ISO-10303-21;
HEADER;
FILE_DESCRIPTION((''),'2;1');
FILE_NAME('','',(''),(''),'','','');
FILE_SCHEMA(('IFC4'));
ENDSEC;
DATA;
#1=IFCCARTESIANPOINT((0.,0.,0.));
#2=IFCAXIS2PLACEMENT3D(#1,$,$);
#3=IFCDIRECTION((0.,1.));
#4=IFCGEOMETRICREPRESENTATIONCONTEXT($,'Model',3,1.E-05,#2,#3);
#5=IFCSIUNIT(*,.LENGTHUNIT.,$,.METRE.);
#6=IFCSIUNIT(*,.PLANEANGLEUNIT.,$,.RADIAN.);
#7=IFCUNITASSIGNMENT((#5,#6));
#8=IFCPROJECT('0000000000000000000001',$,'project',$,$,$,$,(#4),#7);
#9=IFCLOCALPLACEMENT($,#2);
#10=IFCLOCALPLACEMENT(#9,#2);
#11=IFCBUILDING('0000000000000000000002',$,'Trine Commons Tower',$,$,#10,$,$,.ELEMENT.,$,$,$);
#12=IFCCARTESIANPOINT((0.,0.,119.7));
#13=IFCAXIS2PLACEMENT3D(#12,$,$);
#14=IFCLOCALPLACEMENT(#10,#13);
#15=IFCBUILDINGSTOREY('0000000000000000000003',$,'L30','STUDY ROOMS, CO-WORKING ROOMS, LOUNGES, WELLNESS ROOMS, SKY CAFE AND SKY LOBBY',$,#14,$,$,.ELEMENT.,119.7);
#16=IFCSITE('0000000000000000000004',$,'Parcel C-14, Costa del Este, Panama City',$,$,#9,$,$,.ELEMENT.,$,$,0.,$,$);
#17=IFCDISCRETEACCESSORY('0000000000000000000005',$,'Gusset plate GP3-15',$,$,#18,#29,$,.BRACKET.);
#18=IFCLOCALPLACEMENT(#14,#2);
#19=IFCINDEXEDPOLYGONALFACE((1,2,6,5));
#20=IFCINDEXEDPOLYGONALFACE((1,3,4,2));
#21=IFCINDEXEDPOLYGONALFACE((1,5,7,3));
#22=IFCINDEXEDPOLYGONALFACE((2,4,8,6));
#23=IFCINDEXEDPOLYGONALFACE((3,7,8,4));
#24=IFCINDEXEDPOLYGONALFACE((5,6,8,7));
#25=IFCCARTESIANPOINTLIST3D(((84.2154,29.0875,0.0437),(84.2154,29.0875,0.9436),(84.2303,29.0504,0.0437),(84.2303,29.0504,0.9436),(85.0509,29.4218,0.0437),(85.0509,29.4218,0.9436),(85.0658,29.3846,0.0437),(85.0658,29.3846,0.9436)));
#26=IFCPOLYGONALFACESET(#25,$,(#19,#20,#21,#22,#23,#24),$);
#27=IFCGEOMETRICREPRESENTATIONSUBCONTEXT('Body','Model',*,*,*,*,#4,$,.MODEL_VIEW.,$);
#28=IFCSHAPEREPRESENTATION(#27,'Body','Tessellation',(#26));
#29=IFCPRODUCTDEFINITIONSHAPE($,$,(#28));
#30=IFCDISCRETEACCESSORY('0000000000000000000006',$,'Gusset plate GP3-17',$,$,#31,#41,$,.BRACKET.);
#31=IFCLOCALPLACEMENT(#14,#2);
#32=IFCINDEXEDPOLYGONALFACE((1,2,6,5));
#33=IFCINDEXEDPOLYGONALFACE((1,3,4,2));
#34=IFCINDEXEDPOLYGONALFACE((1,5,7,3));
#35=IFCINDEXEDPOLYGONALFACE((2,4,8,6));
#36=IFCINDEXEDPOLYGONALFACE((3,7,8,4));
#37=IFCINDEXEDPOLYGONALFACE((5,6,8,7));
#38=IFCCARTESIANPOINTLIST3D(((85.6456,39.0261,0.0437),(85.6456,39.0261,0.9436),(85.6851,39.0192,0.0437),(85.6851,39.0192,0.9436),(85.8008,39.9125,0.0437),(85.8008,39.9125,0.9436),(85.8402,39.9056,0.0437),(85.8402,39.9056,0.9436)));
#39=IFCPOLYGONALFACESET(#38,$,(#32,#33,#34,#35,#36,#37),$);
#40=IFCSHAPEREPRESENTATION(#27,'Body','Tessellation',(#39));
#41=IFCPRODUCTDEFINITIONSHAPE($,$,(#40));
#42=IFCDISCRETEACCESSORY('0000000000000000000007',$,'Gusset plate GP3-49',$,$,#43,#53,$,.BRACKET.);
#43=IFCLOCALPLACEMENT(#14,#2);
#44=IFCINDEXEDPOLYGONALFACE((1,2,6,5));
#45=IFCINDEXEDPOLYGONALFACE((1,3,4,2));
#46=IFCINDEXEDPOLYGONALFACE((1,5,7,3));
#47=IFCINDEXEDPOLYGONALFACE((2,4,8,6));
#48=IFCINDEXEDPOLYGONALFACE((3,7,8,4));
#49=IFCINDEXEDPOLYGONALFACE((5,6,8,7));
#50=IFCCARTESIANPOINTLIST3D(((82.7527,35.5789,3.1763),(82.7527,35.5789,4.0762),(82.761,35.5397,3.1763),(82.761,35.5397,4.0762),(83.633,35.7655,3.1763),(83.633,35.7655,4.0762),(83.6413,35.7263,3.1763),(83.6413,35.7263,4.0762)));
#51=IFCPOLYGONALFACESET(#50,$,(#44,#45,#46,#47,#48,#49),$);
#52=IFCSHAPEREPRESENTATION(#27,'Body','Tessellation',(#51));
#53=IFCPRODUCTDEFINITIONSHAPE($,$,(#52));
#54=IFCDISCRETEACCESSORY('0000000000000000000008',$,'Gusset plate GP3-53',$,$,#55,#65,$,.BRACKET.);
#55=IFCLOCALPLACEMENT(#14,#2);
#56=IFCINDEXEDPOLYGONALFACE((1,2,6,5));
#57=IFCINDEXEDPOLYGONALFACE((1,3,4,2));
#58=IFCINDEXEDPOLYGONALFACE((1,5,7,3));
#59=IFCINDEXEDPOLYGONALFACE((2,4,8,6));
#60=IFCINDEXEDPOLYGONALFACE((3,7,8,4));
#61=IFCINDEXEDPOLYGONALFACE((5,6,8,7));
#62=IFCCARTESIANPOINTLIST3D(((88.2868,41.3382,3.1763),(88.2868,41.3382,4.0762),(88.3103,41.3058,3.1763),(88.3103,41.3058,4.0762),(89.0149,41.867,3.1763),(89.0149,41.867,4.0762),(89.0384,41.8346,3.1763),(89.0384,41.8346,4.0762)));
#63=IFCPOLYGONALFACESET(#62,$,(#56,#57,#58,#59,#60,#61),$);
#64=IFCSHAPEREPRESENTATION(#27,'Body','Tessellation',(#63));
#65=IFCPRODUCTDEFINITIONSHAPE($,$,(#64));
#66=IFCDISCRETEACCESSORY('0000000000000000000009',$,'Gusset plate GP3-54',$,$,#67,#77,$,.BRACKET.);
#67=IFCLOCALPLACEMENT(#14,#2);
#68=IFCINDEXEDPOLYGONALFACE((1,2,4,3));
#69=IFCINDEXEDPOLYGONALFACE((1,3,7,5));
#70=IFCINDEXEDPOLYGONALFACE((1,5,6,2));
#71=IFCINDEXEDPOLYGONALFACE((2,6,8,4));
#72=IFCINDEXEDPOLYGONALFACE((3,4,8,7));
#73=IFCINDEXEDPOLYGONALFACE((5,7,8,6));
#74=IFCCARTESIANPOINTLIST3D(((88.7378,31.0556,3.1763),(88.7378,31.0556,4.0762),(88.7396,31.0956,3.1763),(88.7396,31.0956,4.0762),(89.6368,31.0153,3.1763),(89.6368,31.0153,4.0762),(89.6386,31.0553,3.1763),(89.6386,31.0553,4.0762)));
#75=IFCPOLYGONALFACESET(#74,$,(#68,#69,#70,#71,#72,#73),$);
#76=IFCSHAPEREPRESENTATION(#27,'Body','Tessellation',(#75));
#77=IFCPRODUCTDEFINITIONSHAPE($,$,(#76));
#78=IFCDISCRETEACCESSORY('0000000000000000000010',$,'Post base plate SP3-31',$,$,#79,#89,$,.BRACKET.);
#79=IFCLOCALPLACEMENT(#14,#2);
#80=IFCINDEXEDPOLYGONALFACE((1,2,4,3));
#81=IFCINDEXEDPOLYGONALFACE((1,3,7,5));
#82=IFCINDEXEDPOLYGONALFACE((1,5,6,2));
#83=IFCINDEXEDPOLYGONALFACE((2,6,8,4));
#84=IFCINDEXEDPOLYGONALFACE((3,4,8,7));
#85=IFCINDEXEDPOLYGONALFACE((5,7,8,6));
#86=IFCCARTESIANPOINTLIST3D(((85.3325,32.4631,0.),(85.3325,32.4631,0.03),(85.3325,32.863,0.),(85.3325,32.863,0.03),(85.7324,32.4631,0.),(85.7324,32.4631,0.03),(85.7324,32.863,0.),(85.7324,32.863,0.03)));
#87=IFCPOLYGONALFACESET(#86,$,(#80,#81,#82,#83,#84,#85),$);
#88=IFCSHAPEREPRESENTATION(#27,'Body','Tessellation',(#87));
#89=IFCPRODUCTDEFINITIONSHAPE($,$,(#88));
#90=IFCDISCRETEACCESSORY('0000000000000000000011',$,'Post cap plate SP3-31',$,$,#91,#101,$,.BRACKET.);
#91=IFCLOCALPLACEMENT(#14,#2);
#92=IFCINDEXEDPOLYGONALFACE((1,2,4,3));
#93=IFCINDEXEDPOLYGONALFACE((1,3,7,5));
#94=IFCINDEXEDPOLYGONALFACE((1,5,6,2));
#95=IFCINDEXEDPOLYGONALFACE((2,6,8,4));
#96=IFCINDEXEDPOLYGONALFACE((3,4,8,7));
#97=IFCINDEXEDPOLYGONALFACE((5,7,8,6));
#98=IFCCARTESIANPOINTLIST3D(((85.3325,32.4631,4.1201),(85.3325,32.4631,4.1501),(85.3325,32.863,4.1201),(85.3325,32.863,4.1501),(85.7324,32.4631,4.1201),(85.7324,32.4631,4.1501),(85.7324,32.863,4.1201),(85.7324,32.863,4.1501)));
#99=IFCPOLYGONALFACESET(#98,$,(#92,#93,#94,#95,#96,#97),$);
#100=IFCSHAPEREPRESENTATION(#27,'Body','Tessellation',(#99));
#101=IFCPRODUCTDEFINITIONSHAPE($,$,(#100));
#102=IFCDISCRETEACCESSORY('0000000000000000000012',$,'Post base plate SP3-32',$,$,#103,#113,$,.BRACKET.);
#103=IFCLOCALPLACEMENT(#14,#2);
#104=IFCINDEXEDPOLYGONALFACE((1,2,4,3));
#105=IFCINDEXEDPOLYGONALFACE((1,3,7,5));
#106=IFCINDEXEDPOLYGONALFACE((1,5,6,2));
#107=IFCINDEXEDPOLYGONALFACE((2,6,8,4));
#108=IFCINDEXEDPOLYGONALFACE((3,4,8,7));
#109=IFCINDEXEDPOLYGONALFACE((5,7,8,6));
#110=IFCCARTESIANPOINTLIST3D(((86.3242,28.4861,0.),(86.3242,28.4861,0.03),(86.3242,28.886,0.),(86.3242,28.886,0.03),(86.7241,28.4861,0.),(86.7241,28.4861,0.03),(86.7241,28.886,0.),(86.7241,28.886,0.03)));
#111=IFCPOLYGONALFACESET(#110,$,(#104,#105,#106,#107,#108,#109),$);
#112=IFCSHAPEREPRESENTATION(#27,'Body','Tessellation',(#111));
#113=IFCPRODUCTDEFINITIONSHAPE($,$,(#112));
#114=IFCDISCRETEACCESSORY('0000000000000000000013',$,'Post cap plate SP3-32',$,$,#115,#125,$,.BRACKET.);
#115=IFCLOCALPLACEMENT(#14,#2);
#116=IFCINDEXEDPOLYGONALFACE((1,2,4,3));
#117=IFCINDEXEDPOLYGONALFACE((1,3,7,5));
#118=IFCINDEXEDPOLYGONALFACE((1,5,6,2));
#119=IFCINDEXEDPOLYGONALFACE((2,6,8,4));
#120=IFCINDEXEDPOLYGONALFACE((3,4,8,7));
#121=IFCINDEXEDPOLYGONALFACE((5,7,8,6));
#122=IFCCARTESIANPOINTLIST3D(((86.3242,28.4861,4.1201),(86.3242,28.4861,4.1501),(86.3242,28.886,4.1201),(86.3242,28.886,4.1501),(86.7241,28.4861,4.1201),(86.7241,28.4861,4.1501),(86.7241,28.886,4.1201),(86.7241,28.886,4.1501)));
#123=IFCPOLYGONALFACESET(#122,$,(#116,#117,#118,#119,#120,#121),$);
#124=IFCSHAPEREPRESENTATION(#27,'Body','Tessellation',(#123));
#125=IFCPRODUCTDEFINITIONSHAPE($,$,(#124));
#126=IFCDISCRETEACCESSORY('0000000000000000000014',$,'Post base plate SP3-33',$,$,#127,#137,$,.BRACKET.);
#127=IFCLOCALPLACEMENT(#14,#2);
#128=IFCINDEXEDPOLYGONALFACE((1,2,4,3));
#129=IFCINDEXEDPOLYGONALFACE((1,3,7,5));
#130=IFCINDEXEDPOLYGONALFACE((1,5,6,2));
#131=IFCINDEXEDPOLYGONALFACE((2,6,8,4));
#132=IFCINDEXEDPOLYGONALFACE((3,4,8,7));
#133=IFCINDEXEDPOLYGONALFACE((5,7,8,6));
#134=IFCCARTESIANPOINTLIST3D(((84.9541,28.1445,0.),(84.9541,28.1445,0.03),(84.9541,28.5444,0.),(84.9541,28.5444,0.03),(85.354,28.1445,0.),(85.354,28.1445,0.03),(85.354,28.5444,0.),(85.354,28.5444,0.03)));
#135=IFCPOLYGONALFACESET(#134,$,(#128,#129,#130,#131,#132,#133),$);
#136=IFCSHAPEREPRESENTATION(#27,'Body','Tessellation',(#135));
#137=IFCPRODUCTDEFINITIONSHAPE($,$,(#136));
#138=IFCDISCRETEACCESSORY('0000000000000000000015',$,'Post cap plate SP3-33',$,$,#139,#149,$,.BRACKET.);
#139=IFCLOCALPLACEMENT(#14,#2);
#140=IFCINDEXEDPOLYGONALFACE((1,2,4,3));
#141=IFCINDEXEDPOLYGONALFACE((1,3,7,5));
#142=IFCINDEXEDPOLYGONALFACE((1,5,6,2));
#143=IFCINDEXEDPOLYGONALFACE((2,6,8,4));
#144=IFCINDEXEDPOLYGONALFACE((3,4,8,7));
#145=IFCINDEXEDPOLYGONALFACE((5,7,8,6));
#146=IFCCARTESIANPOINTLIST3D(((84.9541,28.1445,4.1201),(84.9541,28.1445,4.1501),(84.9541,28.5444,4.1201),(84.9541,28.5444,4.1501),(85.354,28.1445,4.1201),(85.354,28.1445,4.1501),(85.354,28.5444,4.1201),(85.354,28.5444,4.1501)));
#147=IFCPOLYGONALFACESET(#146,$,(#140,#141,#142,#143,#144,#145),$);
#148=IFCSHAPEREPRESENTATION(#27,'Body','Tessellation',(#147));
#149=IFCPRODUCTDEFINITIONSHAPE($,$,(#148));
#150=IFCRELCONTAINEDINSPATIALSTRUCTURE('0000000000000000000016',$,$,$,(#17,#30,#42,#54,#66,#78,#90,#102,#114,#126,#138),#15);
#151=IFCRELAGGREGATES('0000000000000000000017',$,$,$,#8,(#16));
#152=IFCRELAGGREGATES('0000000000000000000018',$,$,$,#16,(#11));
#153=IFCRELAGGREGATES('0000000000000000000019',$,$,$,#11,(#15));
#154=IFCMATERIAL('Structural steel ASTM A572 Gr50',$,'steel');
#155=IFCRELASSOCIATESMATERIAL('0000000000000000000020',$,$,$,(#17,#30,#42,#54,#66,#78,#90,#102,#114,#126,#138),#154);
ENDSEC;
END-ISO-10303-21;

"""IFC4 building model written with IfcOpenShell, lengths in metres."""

from ifc_helpers import new_model, si_unit, direction, frame, origin, origin_2d, place, context, subcontext, project, spatial, rectangle, extrude, material, element, save


model = new_model("IFC4")

# Units and contexts
model_context = context("Model", 3, precision=1e-05, world=origin(), true_north=direction((0.0, 1.0)))
body_context = subcontext(model_context, "Body", "Model", "MODEL_VIEW")
ifc_project = project(units=[si_unit("LENGTHUNIT", "METRE"), si_unit("PLANEANGLEUNIT", "RADIAN")], contexts=[model_context])

# Site, building, storey
site_placement = place(None, origin())
site = spatial("IfcSite", under=ifc_project, at=site_placement, Name="Parcel C-14, Costa del Este, Panama City", CompositionType="ELEMENT", RefElevation=0.0)
building_placement = place(site_placement, origin())
building = spatial("IfcBuilding", under=site, at=building_placement, Name="Trine Commons Tower", CompositionType="ELEMENT")
storey_placement = place(building_placement, frame((0.0, 0.0, 119.7)))
storey = spatial("IfcBuildingStorey", under=building, at=storey_placement, Name="L30", Description="STUDY ROOMS, CO-WORKING ROOMS, LOUNGES, WELLNESS ROOMS, SKY CAFE AND SKY LOBBY", CompositionType="ELEMENT", Elevation=119.7)

# Discrete accessories
ifc_material_1 = material(Name="Structural steel ASTM A572 Gr50", Category="steel")
for number, where, z_axis, x_axis, name in (
    (1, (84.6406, 29.2361, 0.0437), (0.0, 0.0, 1.0), (0.928453, 0.371449, 0.0), "Gusset plate GP3-15"),
    (2, (85.7429, 39.4658, 0.0437), (0.0, 0.0, 1.0), (0.172376, 0.985031, 0.0), "Gusset plate GP3-17"),
    (3, (83.197, 35.6526, 3.1763), (0.0, 0.0, 1.0), (0.978264, 0.207365, 0.0), "Gusset plate GP3-49"),
    (4, (88.6626, 41.5864, 3.1763), (0.0, 0.0, 1.0), (0.809109, 0.587658, 0.0), "Gusset plate GP3-53"),
    (5, (89.1882, 31.0554, 3.1763), (0.0, 0.0, 1.0), (-0.998998, 0.044753, 0.0), "Gusset plate GP3-54"),
):
    element("IfcDiscreteAccessory", number, at=place(storey_placement, frame(where, z_axis=z_axis, x_axis=x_axis)), inside=storey, material=ifc_material_1, Name=name, PredefinedType="BRACKET", context=body_context, shape_type="SweptSolid", body=[
        extrude(rectangle(XDim=0.8999, YDim=0.04, at=origin_2d()), origin(), (0.0, 0.0, 1.0), 0.8999),
    ])
for number, where, z_axis, x_axis, name in (
    (6, (85.5325, 32.6631, 0.0), (0.0, 0.0, 1.0), (1.0, 0.0, 0.0), "Post base plate SP3-31"),
    (7, (85.5325, 32.6631, 4.1201), (0.0, 0.0, 1.0), (1.0, 0.0, 0.0), "Post cap plate SP3-31"),
    (8, (86.5242, 28.686, 0.0), (0.0, 0.0, 1.0), (1.0, 0.0, 0.0), "Post base plate SP3-32"),
    (9, (86.5242, 28.686, 4.1201), (0.0, 0.0, 1.0), (1.0, 0.0, 0.0), "Post cap plate SP3-32"),
    (10, (85.1541, 28.3445, 0.0), (0.0, 0.0, 1.0), (1.0, 0.0, 0.0), "Post base plate SP3-33"),
    (11, (85.1541, 28.3445, 4.1201), (0.0, 0.0, 1.0), (1.0, 0.0, 0.0), "Post cap plate SP3-33"),
):
    element("IfcDiscreteAccessory", number, at=place(storey_placement, frame(where, z_axis=z_axis, x_axis=x_axis)), inside=storey, material=ifc_material_1, Name=name, PredefinedType="BRACKET", context=body_context, shape_type="SweptSolid", body=[
        extrude(rectangle(XDim=0.3999, YDim=0.3999, at=origin_2d()), origin(), (0.0, 0.0, 1.0), 0.03),
    ])

save(model, "model.ifc")
